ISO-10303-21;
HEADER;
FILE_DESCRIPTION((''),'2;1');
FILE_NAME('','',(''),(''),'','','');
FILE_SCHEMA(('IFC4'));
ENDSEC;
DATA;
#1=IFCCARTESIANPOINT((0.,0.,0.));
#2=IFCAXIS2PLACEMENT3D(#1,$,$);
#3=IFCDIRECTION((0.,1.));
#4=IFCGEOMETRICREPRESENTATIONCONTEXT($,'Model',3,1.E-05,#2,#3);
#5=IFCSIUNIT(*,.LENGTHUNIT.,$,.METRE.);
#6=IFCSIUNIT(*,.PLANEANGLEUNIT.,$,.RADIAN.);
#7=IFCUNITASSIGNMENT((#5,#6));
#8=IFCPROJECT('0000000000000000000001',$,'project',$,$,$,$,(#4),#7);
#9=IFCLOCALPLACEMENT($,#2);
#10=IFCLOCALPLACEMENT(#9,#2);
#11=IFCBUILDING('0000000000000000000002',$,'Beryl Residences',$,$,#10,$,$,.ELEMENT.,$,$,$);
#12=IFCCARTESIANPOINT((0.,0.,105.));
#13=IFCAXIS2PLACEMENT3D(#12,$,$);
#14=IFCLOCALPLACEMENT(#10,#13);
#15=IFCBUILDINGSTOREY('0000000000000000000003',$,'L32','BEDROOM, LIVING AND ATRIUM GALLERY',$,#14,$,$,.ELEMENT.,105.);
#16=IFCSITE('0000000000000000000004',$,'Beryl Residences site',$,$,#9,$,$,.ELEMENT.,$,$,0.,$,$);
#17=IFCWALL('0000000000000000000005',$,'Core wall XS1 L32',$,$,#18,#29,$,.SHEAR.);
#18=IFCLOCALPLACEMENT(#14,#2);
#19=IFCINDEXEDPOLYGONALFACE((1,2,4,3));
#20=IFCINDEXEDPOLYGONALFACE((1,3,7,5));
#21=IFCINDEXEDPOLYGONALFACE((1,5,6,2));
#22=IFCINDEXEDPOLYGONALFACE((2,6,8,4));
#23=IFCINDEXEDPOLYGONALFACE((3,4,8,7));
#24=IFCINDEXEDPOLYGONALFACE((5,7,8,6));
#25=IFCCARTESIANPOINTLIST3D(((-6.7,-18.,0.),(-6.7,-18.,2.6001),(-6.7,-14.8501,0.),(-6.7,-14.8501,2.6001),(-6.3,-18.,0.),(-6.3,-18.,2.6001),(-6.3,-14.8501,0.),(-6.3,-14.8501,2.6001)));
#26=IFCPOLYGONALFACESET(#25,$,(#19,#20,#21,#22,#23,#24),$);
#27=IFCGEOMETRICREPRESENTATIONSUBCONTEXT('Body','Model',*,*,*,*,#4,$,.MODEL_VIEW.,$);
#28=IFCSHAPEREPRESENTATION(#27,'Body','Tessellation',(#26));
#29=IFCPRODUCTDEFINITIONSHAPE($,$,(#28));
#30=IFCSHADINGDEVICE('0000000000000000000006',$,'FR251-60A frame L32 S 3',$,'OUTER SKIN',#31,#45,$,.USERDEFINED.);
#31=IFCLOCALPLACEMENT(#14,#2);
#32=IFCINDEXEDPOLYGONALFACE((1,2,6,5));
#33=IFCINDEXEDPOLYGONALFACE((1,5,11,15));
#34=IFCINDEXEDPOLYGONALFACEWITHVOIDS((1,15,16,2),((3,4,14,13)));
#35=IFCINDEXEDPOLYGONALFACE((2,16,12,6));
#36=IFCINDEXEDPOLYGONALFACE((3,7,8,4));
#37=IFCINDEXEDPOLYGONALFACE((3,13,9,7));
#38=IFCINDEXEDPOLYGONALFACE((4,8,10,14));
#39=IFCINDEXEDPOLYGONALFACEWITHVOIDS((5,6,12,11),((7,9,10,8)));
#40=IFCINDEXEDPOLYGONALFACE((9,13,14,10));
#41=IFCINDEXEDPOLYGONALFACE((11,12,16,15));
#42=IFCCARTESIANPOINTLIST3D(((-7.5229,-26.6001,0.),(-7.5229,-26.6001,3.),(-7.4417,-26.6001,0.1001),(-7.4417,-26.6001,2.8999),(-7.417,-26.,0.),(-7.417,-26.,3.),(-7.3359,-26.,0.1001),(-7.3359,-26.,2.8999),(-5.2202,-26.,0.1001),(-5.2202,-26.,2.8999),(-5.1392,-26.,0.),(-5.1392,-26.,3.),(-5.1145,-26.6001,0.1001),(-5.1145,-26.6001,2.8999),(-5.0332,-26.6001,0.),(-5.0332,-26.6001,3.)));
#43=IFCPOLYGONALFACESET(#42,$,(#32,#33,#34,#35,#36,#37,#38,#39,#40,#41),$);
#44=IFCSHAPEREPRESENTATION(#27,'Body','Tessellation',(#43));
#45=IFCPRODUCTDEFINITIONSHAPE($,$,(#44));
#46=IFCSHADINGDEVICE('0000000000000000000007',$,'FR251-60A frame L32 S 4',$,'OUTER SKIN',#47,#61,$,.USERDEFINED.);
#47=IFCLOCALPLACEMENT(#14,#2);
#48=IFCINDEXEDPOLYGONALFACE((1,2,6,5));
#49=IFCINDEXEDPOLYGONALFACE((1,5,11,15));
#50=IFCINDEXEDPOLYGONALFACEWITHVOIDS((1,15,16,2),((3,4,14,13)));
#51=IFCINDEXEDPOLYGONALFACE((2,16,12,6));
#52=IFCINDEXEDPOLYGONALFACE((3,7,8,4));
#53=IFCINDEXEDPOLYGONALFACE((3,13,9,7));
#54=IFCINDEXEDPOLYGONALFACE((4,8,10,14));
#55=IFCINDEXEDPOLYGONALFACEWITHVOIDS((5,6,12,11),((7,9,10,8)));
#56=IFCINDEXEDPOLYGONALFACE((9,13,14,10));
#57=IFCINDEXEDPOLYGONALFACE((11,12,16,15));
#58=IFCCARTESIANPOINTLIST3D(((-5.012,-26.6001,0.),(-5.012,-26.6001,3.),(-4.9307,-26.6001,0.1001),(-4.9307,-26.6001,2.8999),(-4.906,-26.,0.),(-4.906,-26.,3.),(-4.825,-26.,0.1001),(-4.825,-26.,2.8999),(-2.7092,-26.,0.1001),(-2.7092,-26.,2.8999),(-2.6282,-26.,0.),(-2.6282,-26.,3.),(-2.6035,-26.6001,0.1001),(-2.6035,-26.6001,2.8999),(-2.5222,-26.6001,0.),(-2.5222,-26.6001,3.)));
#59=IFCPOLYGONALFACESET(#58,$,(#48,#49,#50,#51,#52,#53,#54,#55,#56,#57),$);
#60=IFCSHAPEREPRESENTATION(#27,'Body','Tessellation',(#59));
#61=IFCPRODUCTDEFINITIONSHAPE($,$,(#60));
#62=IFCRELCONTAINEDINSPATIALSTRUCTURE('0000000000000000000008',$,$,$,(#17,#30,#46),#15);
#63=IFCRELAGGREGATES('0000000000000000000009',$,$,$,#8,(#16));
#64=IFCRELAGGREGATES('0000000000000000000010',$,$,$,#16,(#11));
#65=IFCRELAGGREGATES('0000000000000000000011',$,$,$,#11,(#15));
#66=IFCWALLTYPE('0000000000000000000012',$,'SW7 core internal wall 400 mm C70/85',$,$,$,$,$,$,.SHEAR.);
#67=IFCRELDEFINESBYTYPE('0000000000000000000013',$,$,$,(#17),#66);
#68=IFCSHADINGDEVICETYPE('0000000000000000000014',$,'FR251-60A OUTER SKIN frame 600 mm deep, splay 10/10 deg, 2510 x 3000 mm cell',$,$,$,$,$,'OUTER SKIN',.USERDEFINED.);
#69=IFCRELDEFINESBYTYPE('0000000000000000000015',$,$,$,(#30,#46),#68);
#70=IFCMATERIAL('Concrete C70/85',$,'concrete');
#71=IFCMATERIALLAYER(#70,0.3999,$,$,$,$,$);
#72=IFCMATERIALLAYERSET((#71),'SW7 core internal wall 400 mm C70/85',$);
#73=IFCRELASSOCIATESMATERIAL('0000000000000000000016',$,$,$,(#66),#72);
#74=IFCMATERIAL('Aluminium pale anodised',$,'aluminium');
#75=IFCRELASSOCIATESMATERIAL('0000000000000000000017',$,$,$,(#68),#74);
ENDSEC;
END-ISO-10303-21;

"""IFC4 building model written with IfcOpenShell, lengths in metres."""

from ifc_helpers import new_model, entity, si_unit, direction, frame, frame_2d, origin, place, context, subcontext, project, spatial, rectangle, extrude, source, transform, mapped, material, layer, layer_set, type_object, type_shapes, element, save


model = new_model("IFC4")

# Units and contexts
model_context = context("Model", 3, precision=1e-05, world=origin(), true_north=direction((0.0, 1.0)))
body_context = subcontext(model_context, "Body", "Model", "MODEL_VIEW")
ifc_project = project(units=[si_unit("LENGTHUNIT", "METRE"), si_unit("PLANEANGLEUNIT", "RADIAN")], contexts=[model_context])

# Site, building, storey
site_placement = place(None, origin())
site = spatial("IfcSite", under=ifc_project, at=site_placement, Name="Beryl Residences site", CompositionType="ELEMENT", RefElevation=0.0)
building_placement = place(site_placement, origin())
building = spatial("IfcBuilding", under=site, at=building_placement, Name="Beryl Residences", CompositionType="ELEMENT")
storey_placement = place(building_placement, frame((0.0, 0.0, 105.0)))
storey = spatial("IfcBuildingStorey", under=building, at=storey_placement, Name="L32", Description="BEDROOM, LIVING AND ATRIUM GALLERY", CompositionType="ELEMENT", Elevation=105.0)

# Wall
ifc_material_1 = material(Name="Concrete C70/85", Category="concrete")
ifc_layer_1 = layer(ifc_material_1, 0.3999)
ifc_layer_set_1 = layer_set([ifc_layer_1], Name="SW7 core internal wall 400 mm C70/85")
wall_type_1 = type_object("IfcWallType", Name="SW7 core internal wall 400 mm C70/85", PredefinedType="SHEAR", material=ifc_layer_set_1)
wall_1_placement = place(storey_placement, frame((-6.5, -18.0, 0.0), z_axis=(0.0, 0.0, 1.0), x_axis=(0.0, 1.0, 0.0)))
element("IfcWall", 1, at=wall_1_placement, inside=storey, type_object=wall_type_1, Name="Core wall XS1 L32", PredefinedType="SHEAR", context=body_context, shape_type="SweptSolid", body=[
    extrude(rectangle(XDim=3.1499, YDim=0.3999, at=frame_2d((1.575, 0.0))), origin(), (0.0, 0.0, 1.0), 2.6001),
])

# Shading devices
ifc_material_2 = material(Name="Aluminium pale anodised", Category="aluminium")
shading_device_type = type_object("IfcShadingDeviceType", Name="FR251-60A OUTER SKIN frame 600 mm deep, splay 10/10 deg, 2510 x 3000 mm cell", ElementType="OUTER SKIN", PredefinedType="USERDEFINED", material=ifc_material_2)
cartesian_point_1 = entity("IfcCartesianPoint", [-1.1389, 0.0])
cartesian_point_2 = entity("IfcCartesianPoint", [-1.0579, 0.1001])
cartesian_point_3 = entity("IfcCartesianPoint", [-1.2449, 0.0])
cartesian_point_4 = entity("IfcCartesianPoint", [-1.1636, 0.1001])
shared_shape = source(origin(), body_context, "Body", "SweptSolid", [
    entity("IfcExtrudedAreaSolidTapered", entity("IfcArbitraryProfileDefWithVoids", "AREA", None, entity("IfcPolyline", [cartesian_point_1, entity("IfcCartesianPoint", [1.1389, 0.0]), entity("IfcCartesianPoint", [1.1389, 3.0]), entity("IfcCartesianPoint", [-1.1389, 3.0]), cartesian_point_1]), [entity("IfcPolyline", [cartesian_point_2, entity("IfcCartesianPoint", [1.0579, 0.1001]), entity("IfcCartesianPoint", [1.0579, 2.8999]), entity("IfcCartesianPoint", [-1.0579, 2.8999]), cartesian_point_2])]), entity("IfcAxis2Placement3D", entity("IfcCartesianPoint", [0.0, 0.0, 0.0]), entity("IfcDirection", [0.0, 1.0, 0.0]), entity("IfcDirection", [-1.0, 0.0, 0.0])), entity("IfcDirection", [0.0, 0.0, 1.0]), 0.6001, entity("IfcArbitraryProfileDefWithVoids", "AREA", None, entity("IfcPolyline", [cartesian_point_3, entity("IfcCartesianPoint", [1.2449, 0.0]), entity("IfcCartesianPoint", [1.2449, 3.0]), entity("IfcCartesianPoint", [-1.2449, 3.0]), cartesian_point_3]), [entity("IfcPolyline", [cartesian_point_4, entity("IfcCartesianPoint", [1.1636, 0.1001]), entity("IfcCartesianPoint", [1.1636, 2.8999]), entity("IfcCartesianPoint", [-1.1636, 2.8999]), cartesian_point_4])])),
])
type_shapes(shading_device_type, [shared_shape])
for number, where, z_axis, x_axis, name in (
    (2, (-6.2781, -26.0, 0.0), (0.0, 0.0, 1.0), (-1.0, 0.0, 0.0), "FR251-60A frame L32 S 3"),
    (3, (-3.7671, -26.0, 0.0), (0.0, 0.0, 1.0), (-1.0, 0.0, 0.0), "FR251-60A frame L32 S 4"),
):
    element("IfcShadingDevice", number, at=place(storey_placement, frame(where, z_axis=z_axis, x_axis=x_axis)), inside=storey, type_object=shading_device_type, Name=name, ObjectType="OUTER SKIN", PredefinedType="USERDEFINED", context=body_context, shape_type="MappedRepresentation", body=[
        mapped(shared_shape, transform((0.0, 0.0, 0.0))),
    ])

save(model, "model.ifc")
